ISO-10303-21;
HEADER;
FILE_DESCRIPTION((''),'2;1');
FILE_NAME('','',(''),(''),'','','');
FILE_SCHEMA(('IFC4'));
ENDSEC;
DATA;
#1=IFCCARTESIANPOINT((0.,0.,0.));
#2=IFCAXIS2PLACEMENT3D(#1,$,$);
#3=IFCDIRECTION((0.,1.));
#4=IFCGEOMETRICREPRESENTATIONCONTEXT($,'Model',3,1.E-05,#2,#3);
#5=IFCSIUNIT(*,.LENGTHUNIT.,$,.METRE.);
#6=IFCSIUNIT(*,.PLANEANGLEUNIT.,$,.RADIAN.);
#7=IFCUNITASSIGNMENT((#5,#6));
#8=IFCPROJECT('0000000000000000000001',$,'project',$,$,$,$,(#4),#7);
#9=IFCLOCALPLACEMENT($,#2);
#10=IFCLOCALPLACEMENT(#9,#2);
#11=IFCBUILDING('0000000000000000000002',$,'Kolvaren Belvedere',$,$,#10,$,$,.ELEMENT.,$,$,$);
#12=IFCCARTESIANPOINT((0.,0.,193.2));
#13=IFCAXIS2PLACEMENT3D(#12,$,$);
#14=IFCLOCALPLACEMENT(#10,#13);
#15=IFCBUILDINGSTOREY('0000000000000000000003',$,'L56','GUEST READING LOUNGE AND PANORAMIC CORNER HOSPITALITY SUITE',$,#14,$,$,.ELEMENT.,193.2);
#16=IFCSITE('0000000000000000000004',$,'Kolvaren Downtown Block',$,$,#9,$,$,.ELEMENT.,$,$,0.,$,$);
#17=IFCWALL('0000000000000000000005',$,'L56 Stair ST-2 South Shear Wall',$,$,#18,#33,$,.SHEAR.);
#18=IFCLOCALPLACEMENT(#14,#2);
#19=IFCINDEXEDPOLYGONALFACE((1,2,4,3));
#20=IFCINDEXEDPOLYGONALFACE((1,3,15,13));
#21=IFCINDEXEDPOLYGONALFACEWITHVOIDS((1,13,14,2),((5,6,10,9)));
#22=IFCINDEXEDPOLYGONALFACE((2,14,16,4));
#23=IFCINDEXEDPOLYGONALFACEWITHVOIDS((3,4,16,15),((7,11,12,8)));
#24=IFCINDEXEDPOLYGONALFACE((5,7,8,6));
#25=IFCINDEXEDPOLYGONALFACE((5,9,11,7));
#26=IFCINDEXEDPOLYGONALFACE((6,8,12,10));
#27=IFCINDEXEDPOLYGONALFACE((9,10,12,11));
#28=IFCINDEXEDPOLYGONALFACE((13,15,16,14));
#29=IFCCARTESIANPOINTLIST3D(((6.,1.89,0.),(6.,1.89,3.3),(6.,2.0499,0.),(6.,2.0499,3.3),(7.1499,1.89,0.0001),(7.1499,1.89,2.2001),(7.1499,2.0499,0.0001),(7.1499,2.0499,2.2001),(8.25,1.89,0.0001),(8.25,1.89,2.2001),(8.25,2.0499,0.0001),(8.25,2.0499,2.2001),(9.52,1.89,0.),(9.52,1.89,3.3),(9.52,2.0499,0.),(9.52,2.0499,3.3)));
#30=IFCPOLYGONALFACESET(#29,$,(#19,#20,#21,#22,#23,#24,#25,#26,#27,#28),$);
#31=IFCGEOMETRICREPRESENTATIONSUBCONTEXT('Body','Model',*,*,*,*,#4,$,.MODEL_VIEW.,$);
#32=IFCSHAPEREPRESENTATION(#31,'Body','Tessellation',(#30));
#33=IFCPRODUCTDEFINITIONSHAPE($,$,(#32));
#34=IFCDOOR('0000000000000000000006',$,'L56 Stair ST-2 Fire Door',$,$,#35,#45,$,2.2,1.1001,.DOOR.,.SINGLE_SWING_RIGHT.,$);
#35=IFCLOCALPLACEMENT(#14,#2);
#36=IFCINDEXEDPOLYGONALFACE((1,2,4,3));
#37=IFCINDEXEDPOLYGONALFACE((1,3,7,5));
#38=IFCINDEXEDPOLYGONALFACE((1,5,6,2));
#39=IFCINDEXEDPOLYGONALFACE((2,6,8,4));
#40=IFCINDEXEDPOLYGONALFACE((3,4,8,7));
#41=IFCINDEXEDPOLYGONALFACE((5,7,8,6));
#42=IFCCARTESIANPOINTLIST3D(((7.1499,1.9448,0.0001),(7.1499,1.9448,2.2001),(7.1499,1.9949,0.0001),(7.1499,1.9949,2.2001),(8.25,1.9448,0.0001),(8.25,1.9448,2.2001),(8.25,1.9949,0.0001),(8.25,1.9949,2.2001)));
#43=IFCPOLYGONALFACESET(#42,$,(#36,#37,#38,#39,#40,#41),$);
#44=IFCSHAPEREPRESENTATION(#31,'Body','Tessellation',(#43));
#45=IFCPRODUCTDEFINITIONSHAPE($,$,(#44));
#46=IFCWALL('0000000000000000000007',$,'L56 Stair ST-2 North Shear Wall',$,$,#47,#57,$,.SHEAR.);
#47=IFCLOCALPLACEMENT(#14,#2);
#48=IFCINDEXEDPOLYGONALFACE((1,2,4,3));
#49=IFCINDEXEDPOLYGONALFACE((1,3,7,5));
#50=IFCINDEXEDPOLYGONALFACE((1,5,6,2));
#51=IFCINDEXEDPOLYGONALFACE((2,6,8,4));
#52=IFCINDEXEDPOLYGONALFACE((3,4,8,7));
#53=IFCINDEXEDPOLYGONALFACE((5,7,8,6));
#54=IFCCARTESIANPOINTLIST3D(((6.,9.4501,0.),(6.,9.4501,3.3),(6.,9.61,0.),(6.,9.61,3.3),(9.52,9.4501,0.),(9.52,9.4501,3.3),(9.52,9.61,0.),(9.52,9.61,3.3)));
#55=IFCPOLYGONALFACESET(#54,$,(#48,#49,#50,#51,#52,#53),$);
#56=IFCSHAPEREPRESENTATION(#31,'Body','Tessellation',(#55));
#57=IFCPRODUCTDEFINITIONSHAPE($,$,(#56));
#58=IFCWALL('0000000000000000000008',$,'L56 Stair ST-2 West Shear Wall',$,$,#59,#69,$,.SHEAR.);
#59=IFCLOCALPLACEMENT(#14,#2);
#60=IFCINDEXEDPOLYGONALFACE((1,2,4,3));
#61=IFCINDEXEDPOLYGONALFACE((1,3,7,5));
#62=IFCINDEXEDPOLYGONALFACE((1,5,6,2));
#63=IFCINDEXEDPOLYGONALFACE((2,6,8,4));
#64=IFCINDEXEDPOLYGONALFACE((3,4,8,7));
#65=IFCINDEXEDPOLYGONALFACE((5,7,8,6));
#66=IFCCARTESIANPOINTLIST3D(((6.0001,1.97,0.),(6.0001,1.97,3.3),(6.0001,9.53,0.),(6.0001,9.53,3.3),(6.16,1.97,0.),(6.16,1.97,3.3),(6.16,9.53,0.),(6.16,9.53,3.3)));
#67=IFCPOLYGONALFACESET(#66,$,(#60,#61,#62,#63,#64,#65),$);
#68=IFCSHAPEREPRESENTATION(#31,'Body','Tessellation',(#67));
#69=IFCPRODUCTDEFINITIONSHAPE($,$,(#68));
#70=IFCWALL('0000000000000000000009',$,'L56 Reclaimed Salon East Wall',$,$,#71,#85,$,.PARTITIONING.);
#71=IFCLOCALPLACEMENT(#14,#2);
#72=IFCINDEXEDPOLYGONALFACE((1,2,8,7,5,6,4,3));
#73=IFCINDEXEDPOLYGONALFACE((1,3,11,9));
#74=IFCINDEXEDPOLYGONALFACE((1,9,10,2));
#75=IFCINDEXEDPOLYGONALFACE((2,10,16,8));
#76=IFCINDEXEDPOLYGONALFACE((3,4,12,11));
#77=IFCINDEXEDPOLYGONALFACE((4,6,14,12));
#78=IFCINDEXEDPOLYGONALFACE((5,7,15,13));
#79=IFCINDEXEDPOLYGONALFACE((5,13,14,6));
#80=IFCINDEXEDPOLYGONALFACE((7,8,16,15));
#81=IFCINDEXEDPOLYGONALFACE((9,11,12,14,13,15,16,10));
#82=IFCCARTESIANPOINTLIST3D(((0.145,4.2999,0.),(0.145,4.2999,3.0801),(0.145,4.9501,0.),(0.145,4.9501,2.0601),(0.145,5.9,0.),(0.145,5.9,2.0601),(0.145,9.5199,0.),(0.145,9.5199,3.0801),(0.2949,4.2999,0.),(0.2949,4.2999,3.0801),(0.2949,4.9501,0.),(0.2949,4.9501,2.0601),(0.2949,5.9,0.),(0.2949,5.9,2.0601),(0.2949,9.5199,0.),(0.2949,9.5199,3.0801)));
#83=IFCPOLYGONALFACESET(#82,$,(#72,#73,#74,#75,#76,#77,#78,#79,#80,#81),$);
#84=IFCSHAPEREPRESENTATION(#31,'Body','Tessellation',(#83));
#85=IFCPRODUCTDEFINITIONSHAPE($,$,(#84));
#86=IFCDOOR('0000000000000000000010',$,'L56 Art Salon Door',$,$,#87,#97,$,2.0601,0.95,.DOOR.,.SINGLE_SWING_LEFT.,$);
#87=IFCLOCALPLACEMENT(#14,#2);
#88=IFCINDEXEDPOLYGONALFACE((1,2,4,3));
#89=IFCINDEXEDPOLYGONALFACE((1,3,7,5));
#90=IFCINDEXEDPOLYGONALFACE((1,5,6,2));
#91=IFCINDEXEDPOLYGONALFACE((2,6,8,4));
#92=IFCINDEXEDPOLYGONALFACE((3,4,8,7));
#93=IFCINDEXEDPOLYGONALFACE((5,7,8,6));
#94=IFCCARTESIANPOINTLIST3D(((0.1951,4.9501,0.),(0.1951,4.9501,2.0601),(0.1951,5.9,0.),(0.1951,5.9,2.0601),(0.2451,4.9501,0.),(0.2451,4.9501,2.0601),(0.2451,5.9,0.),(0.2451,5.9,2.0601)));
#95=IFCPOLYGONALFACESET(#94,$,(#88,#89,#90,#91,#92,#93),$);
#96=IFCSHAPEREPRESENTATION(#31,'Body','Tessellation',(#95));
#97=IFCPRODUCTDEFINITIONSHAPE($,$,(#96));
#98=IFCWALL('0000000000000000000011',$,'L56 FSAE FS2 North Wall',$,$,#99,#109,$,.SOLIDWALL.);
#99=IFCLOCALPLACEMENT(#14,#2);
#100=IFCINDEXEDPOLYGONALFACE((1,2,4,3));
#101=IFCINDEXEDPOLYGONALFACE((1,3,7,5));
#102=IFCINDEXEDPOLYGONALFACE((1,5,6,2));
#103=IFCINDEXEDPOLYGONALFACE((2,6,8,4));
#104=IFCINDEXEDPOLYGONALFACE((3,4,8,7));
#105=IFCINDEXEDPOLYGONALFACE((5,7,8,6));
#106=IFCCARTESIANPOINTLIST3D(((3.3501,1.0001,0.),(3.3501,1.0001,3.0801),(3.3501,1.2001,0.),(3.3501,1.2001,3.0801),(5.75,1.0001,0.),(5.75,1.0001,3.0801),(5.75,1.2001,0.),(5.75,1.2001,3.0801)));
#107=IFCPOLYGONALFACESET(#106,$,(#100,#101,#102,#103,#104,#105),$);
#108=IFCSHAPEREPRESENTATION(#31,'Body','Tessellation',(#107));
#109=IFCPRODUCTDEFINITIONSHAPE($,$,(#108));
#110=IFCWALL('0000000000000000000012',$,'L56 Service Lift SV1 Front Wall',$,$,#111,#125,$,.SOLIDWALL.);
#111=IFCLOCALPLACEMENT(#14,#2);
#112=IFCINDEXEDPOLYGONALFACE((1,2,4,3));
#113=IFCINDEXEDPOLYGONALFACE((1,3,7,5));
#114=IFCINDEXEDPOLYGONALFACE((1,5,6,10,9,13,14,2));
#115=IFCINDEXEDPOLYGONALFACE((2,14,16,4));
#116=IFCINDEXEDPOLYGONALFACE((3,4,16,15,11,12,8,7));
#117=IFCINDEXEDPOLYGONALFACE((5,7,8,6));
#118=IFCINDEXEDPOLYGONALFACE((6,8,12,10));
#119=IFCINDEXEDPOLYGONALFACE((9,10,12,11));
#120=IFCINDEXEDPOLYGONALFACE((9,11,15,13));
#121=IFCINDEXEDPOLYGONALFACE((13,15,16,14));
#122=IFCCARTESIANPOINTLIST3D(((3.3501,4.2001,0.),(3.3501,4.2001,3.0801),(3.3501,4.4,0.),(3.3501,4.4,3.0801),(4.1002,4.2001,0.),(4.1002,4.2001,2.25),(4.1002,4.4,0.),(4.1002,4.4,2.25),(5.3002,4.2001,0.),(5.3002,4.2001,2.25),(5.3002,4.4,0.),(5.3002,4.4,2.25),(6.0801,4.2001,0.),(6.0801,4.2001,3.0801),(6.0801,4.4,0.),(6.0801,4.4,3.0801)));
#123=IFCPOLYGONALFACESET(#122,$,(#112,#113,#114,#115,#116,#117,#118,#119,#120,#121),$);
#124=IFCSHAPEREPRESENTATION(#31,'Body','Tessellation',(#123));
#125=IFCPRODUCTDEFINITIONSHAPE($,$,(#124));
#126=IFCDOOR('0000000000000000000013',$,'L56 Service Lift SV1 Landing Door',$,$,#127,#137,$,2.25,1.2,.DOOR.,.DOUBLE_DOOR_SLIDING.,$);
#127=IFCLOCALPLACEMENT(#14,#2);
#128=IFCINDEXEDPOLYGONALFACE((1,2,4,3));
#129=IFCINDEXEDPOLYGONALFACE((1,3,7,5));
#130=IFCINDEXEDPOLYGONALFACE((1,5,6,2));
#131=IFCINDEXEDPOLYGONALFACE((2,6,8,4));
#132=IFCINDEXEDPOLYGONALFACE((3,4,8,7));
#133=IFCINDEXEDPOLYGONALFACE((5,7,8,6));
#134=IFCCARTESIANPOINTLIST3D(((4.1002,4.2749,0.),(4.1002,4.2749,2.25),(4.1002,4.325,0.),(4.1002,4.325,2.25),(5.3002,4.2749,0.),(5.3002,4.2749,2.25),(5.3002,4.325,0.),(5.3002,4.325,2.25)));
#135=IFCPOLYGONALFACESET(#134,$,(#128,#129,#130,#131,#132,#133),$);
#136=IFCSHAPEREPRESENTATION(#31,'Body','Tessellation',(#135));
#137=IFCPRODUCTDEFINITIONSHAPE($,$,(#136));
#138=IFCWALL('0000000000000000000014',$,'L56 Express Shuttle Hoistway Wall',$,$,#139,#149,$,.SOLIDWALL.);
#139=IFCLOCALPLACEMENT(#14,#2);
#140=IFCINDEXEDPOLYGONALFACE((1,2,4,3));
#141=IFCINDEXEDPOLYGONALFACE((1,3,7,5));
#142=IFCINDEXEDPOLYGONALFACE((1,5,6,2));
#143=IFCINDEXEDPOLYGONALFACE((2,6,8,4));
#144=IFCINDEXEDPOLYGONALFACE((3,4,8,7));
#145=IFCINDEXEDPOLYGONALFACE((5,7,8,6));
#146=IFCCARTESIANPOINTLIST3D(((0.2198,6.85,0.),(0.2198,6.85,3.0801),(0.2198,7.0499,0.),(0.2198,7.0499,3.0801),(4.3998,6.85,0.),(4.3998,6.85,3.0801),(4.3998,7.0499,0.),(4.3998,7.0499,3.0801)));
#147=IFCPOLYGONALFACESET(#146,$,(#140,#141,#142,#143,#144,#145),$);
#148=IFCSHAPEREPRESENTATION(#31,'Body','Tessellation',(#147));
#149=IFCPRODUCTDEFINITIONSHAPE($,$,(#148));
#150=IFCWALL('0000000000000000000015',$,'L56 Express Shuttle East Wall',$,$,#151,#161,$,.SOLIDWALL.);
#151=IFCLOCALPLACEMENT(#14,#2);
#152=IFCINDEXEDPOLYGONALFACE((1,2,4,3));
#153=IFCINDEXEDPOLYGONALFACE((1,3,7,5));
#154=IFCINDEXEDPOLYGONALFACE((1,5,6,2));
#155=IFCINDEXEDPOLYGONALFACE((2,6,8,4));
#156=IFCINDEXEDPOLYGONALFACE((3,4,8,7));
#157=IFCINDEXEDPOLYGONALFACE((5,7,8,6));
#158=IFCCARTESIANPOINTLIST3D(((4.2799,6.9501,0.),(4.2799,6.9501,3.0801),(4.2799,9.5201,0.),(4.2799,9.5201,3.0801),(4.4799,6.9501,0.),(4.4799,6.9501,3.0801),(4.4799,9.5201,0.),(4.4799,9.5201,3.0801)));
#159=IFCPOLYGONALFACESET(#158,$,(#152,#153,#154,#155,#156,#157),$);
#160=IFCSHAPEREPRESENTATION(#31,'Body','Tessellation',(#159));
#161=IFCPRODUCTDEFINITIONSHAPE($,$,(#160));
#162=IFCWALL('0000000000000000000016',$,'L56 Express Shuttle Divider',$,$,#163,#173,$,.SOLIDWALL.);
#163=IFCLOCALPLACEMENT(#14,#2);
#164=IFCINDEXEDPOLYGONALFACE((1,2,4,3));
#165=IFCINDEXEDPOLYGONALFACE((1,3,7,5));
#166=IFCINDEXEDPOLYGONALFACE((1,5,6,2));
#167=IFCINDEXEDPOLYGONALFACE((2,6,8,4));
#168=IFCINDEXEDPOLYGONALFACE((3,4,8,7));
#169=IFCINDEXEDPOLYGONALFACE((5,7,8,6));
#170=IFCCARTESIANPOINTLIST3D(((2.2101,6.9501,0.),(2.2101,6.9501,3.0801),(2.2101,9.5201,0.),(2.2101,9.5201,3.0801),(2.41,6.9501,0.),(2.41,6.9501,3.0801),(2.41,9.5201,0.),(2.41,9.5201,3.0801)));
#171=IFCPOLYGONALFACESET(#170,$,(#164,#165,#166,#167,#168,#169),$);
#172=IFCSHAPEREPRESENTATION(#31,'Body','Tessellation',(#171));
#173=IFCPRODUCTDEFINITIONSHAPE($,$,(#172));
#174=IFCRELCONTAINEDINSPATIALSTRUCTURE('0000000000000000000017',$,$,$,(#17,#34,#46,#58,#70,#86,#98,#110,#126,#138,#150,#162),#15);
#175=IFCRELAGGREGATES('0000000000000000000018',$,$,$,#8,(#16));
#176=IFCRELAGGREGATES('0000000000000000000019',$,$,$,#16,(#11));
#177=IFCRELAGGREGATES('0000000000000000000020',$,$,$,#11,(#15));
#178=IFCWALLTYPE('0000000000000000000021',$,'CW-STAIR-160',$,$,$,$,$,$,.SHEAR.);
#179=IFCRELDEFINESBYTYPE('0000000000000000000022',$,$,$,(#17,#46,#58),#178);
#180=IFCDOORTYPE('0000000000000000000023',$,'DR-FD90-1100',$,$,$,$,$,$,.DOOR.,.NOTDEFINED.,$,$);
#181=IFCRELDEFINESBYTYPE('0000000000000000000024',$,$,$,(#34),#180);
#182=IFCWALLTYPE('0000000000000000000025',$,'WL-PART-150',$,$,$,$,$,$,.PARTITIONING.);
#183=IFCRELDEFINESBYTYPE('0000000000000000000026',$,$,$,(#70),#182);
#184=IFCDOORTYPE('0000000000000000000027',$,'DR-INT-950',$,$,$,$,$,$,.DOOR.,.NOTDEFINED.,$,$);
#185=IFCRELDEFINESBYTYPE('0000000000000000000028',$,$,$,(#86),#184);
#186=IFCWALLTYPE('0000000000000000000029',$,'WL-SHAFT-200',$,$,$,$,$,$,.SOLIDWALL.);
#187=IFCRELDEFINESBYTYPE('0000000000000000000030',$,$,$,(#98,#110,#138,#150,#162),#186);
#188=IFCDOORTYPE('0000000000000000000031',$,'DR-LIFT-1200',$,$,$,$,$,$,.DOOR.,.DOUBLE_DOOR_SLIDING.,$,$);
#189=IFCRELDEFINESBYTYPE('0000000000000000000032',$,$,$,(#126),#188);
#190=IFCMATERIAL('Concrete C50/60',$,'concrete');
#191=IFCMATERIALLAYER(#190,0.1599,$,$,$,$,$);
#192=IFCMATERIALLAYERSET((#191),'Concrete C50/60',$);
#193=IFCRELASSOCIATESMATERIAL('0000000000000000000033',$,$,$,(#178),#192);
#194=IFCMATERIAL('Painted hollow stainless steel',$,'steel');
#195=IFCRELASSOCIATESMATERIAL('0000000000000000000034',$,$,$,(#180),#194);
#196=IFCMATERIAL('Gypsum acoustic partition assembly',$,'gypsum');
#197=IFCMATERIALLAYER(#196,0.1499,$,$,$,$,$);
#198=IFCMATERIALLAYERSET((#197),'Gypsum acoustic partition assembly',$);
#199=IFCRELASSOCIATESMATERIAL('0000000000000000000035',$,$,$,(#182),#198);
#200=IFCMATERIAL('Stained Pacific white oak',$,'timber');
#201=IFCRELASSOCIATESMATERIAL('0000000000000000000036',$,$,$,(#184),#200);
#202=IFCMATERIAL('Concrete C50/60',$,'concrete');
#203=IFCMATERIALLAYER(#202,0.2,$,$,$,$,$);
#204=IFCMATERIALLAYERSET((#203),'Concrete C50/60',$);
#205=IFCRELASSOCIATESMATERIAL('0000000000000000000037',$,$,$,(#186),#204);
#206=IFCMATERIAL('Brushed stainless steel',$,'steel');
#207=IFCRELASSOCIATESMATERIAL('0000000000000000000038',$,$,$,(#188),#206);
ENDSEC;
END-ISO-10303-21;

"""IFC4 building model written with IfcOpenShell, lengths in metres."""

from ifc_helpers import new_model, si_unit, direction, frame, frame_2d, origin, place, context, subcontext, project, spatial, rectangle, extrude, material, layer, layer_set, type_object, element, fill, save


model = new_model("IFC4")

# Units and contexts
model_context = context("Model", 3, precision=1e-05, world=origin(), true_north=direction((0.0, 1.0)))
body_context = subcontext(model_context, "Body", "Model", "MODEL_VIEW")
ifc_project = project(units=[si_unit("LENGTHUNIT", "METRE"), si_unit("PLANEANGLEUNIT", "RADIAN")], contexts=[model_context])

# Site, building, storey
site_placement = place(None, origin())
site = spatial("IfcSite", under=ifc_project, at=site_placement, Name="Kolvaren Downtown Block", CompositionType="ELEMENT", RefElevation=0.0)
building_placement = place(site_placement, origin())
building = spatial("IfcBuilding", under=site, at=building_placement, Name="Kolvaren Belvedere", CompositionType="ELEMENT")
storey_placement = place(building_placement, frame((0.0, 0.0, 193.2)))
storey = spatial("IfcBuildingStorey", under=building, at=storey_placement, Name="L56", Description="GUEST READING LOUNGE AND PANORAMIC CORNER HOSPITALITY SUITE", CompositionType="ELEMENT", Elevation=193.2)

# Wall, opening, door
ifc_material_1 = material(Name="Concrete C50/60", Category="concrete")
ifc_layer_1 = layer(ifc_material_1, 0.1599)
ifc_layer_set_1 = layer_set([ifc_layer_1], Name="Concrete C50/60")
wall_type_1 = type_object("IfcWallType", Name="CW-STAIR-160", PredefinedType="SHEAR", material=ifc_layer_set_1)
wall_1_placement = place(storey_placement, frame((6.0, 1.97, 0.0), z_axis=(0.0, 0.0, 1.0), x_axis=(1.0, 0.0, 0.0)))
wall_1 = element("IfcWall", 1, at=wall_1_placement, inside=storey, type_object=wall_type_1, Name="L56 Stair ST-2 South Shear Wall", PredefinedType="SHEAR", context=body_context, shape_type="SweptSolid", body=[
    extrude(rectangle(XDim=3.52, YDim=0.1599, at=frame_2d((1.76, 0.0))), origin(), (0.0, 0.0, 1.0), 3.3),
])
opening_1_placement = place(wall_1_placement, frame((1.1499, 0.0, 0.0)))
opening_1 = element("IfcOpeningElement", 2, at=opening_1_placement, cuts=wall_1, PredefinedType="OPENING", context=body_context, shape_type="SweptSolid", body=[
    extrude(rectangle(XDim=1.1001, YDim=2.2, at=frame_2d((0.55, 1.1001))), frame((0.0, 0.0898, 0.0), z_axis=(0.0, -1.0, 0.0), x_axis=(1.0, 0.0, 0.0)), (0.0, 0.0, 1.0), 0.1799),
])
ifc_material_2 = material(Name="Painted hollow stainless steel", Category="steel")
door_type_1 = type_object("IfcDoorType", Name="DR-FD90-1100", OperationType="NOTDEFINED", PredefinedType="DOOR", material=ifc_material_2)
door_1_placement = place(opening_1_placement, origin())
door_1 = element("IfcDoor", 3, at=door_1_placement, inside=storey, type_object=door_type_1, Name="L56 Stair ST-2 Fire Door", OperationType="SINGLE_SWING_RIGHT", OverallHeight=2.2, OverallWidth=1.1001, PredefinedType="DOOR", context=body_context, shape_type="SweptSolid", body=[
    extrude(rectangle(XDim=1.1001, YDim=2.2, at=frame_2d((0.55, 1.1001))), frame((0.0, 0.0249, 0.0), z_axis=(0.0, -1.0, 0.0), x_axis=(1.0, 0.0, 0.0)), (0.0, 0.0, 1.0), 0.05),
])
fill(opening_1, door_1)

# Walls
wall_2_placement = place(storey_placement, frame((6.0, 9.53, 0.0), z_axis=(0.0, 0.0, 1.0), x_axis=(1.0, 0.0, 0.0)))
element("IfcWall", 4, at=wall_2_placement, inside=storey, type_object=wall_type_1, Name="L56 Stair ST-2 North Shear Wall", PredefinedType="SHEAR", context=body_context, shape_type="SweptSolid", body=[
    extrude(rectangle(XDim=3.52, YDim=0.1599, at=frame_2d((1.76, 0.0))), origin(), (0.0, 0.0, 1.0), 3.3),
])
wall_3_placement = place(storey_placement, frame((6.0801, 1.97, 0.0), z_axis=(0.0, 0.0, 1.0), x_axis=(0.0, 1.0, 0.0)))
element("IfcWall", 5, at=wall_3_placement, inside=storey, type_object=wall_type_1, Name="L56 Stair ST-2 West Shear Wall", PredefinedType="SHEAR", context=body_context, shape_type="SweptSolid", body=[
    extrude(rectangle(XDim=7.5601, YDim=0.1599, at=frame_2d((3.78, 0.0))), origin(), (0.0, 0.0, 1.0), 3.3),
])

# Wall, opening, door
ifc_material_3 = material(Name="Gypsum acoustic partition assembly", Category="gypsum")
ifc_layer_2 = layer(ifc_material_3, 0.1499)
ifc_layer_set_2 = layer_set([ifc_layer_2], Name="Gypsum acoustic partition assembly")
wall_type_2 = type_object("IfcWallType", Name="WL-PART-150", PredefinedType="PARTITIONING", material=ifc_layer_set_2)
wall_4_placement = place(storey_placement, frame((0.22, 4.3, 0.0), z_axis=(0.0, 0.0, 1.0), x_axis=(0.0, 1.0, 0.0)))
wall_4 = element("IfcWall", 6, at=wall_4_placement, inside=storey, type_object=wall_type_2, Name="L56 Reclaimed Salon East Wall", PredefinedType="PARTITIONING", context=body_context, shape_type="SweptSolid", body=[
    extrude(rectangle(XDim=5.22, YDim=0.1499, at=frame_2d((2.6099, 0.0))), origin(), (0.0, 0.0, 1.0), 3.0801),
])
opening_2_placement = place(wall_4_placement, frame((0.6499, 0.0, 0.0)))
opening_2 = element("IfcOpeningElement", 7, at=opening_2_placement, cuts=wall_4, PredefinedType="OPENING", context=body_context, shape_type="SweptSolid", body=[
    extrude(rectangle(XDim=0.95, YDim=2.0601, at=frame_2d((0.4751, 1.03))), frame((0.0, 0.085, 0.0), z_axis=(0.0, -1.0, 0.0), x_axis=(1.0, 0.0, 0.0)), (0.0, 0.0, 1.0), 0.1699),
])
ifc_material_4 = material(Name="Stained Pacific white oak", Category="timber")
door_type_2 = type_object("IfcDoorType", Name="DR-INT-950", OperationType="NOTDEFINED", PredefinedType="DOOR", material=ifc_material_4)
door_2_placement = place(opening_2_placement, origin())
door_2 = element("IfcDoor", 8, at=door_2_placement, inside=storey, type_object=door_type_2, Name="L56 Art Salon Door", OperationType="SINGLE_SWING_LEFT", OverallHeight=2.0601, OverallWidth=0.95, PredefinedType="DOOR", context=body_context, shape_type="SweptSolid", body=[
    extrude(rectangle(XDim=0.95, YDim=2.0601, at=frame_2d((0.4751, 1.03))), frame((0.0, 0.0249, 0.0), z_axis=(0.0, -1.0, 0.0), x_axis=(1.0, 0.0, 0.0)), (0.0, 0.0, 1.0), 0.05),
])
fill(opening_2, door_2)

# Wall
ifc_material_5 = material(Name="Concrete C50/60", Category="concrete")
ifc_layer_3 = layer(ifc_material_5, 0.2)
ifc_layer_set_3 = layer_set([ifc_layer_3], Name="Concrete C50/60")
wall_type_3 = type_object("IfcWallType", Name="WL-SHAFT-200", PredefinedType="SOLIDWALL", material=ifc_layer_set_3)
wall_5_placement = place(storey_placement, frame((3.3501, 1.1001, 0.0), z_axis=(0.0, 0.0, 1.0), x_axis=(1.0, 0.0, 0.0)))
element("IfcWall", 9, at=wall_5_placement, inside=storey, type_object=wall_type_3, Name="L56 FSAE FS2 North Wall", PredefinedType="SOLIDWALL", context=body_context, shape_type="SweptSolid", body=[
    extrude(rectangle(XDim=2.3999, YDim=0.2, at=frame_2d((1.2, 0.0))), origin(), (0.0, 0.0, 1.0), 3.0801),
])

# Wall, opening, door
wall_6_placement = place(storey_placement, frame((3.3501, 4.3, 0.0), z_axis=(0.0, 0.0, 1.0), x_axis=(1.0, 0.0, 0.0)))
wall_6 = element("IfcWall", 10, at=wall_6_placement, inside=storey, type_object=wall_type_3, Name="L56 Service Lift SV1 Front Wall", PredefinedType="SOLIDWALL", context=body_context, shape_type="SweptSolid", body=[
    extrude(rectangle(XDim=2.73, YDim=0.2, at=frame_2d((1.365, 0.0))), origin(), (0.0, 0.0, 1.0), 3.0801),
])
opening_3_placement = place(wall_6_placement, frame((0.75, 0.0, 0.0)))
opening_3 = element("IfcOpeningElement", 11, at=opening_3_placement, cuts=wall_6, PredefinedType="OPENING", context=body_context, shape_type="SweptSolid", body=[
    extrude(rectangle(XDim=1.2, YDim=2.25, at=frame_2d((0.6001, 1.125))), frame((0.0, 0.1099, 0.0), z_axis=(0.0, -1.0, 0.0), x_axis=(1.0, 0.0, 0.0)), (0.0, 0.0, 1.0), 0.22),
])
ifc_material_6 = material(Name="Brushed stainless steel", Category="steel")
door_type_3 = type_object("IfcDoorType", Name="DR-LIFT-1200", OperationType="DOUBLE_DOOR_SLIDING", PredefinedType="DOOR", material=ifc_material_6)
door_3_placement = place(opening_3_placement, origin())
door_3 = element("IfcDoor", 12, at=door_3_placement, inside=storey, type_object=door_type_3, Name="L56 Service Lift SV1 Landing Door", OperationType="DOUBLE_DOOR_SLIDING", OverallHeight=2.25, OverallWidth=1.2, PredefinedType="DOOR", context=body_context, shape_type="SweptSolid", body=[
    extrude(rectangle(XDim=1.2, YDim=2.25, at=frame_2d((0.6001, 1.125))), frame((0.0, 0.0249, 0.0), z_axis=(0.0, -1.0, 0.0), x_axis=(1.0, 0.0, 0.0)), (0.0, 0.0, 1.0), 0.05),
])
fill(opening_3, door_3)

# Walls
wall_7_placement = place(storey_placement, frame((0.22, 6.95, 0.0), z_axis=(0.0, 0.0, 1.0), x_axis=(1.0, 0.0, 0.0)))
element("IfcWall", 13, at=wall_7_placement, inside=storey, type_object=wall_type_3, Name="L56 Express Shuttle Hoistway Wall", PredefinedType="SOLIDWALL", context=body_context, shape_type="SweptSolid", body=[
    extrude(rectangle(XDim=4.1799, YDim=0.2, at=frame_2d((2.0898, 0.0))), origin(), (0.0, 0.0, 1.0), 3.0801),
])
for number, where, z_axis, x_axis, name in (
    (14, (4.3799, 6.95, 0.0), (0.0, 0.0, 1.0), (0.0, 1.0, 0.0), "L56 Express Shuttle East Wall"),
    (15, (2.3101, 6.95, 0.0), (0.0, 0.0, 1.0), (0.0, 1.0, 0.0), "L56 Express Shuttle Divider"),
):
    element("IfcWall", number, at=place(storey_placement, frame(where, z_axis=z_axis, x_axis=x_axis)), inside=storey, type_object=wall_type_3, Name=name, PredefinedType="SOLIDWALL", context=body_context, shape_type="SweptSolid", body=[
        extrude(rectangle(XDim=2.5701, YDim=0.2, at=frame_2d((1.2852, 0.0))), origin(), (0.0, 0.0, 1.0), 3.0801),
    ])

save(model, "model.ifc")
